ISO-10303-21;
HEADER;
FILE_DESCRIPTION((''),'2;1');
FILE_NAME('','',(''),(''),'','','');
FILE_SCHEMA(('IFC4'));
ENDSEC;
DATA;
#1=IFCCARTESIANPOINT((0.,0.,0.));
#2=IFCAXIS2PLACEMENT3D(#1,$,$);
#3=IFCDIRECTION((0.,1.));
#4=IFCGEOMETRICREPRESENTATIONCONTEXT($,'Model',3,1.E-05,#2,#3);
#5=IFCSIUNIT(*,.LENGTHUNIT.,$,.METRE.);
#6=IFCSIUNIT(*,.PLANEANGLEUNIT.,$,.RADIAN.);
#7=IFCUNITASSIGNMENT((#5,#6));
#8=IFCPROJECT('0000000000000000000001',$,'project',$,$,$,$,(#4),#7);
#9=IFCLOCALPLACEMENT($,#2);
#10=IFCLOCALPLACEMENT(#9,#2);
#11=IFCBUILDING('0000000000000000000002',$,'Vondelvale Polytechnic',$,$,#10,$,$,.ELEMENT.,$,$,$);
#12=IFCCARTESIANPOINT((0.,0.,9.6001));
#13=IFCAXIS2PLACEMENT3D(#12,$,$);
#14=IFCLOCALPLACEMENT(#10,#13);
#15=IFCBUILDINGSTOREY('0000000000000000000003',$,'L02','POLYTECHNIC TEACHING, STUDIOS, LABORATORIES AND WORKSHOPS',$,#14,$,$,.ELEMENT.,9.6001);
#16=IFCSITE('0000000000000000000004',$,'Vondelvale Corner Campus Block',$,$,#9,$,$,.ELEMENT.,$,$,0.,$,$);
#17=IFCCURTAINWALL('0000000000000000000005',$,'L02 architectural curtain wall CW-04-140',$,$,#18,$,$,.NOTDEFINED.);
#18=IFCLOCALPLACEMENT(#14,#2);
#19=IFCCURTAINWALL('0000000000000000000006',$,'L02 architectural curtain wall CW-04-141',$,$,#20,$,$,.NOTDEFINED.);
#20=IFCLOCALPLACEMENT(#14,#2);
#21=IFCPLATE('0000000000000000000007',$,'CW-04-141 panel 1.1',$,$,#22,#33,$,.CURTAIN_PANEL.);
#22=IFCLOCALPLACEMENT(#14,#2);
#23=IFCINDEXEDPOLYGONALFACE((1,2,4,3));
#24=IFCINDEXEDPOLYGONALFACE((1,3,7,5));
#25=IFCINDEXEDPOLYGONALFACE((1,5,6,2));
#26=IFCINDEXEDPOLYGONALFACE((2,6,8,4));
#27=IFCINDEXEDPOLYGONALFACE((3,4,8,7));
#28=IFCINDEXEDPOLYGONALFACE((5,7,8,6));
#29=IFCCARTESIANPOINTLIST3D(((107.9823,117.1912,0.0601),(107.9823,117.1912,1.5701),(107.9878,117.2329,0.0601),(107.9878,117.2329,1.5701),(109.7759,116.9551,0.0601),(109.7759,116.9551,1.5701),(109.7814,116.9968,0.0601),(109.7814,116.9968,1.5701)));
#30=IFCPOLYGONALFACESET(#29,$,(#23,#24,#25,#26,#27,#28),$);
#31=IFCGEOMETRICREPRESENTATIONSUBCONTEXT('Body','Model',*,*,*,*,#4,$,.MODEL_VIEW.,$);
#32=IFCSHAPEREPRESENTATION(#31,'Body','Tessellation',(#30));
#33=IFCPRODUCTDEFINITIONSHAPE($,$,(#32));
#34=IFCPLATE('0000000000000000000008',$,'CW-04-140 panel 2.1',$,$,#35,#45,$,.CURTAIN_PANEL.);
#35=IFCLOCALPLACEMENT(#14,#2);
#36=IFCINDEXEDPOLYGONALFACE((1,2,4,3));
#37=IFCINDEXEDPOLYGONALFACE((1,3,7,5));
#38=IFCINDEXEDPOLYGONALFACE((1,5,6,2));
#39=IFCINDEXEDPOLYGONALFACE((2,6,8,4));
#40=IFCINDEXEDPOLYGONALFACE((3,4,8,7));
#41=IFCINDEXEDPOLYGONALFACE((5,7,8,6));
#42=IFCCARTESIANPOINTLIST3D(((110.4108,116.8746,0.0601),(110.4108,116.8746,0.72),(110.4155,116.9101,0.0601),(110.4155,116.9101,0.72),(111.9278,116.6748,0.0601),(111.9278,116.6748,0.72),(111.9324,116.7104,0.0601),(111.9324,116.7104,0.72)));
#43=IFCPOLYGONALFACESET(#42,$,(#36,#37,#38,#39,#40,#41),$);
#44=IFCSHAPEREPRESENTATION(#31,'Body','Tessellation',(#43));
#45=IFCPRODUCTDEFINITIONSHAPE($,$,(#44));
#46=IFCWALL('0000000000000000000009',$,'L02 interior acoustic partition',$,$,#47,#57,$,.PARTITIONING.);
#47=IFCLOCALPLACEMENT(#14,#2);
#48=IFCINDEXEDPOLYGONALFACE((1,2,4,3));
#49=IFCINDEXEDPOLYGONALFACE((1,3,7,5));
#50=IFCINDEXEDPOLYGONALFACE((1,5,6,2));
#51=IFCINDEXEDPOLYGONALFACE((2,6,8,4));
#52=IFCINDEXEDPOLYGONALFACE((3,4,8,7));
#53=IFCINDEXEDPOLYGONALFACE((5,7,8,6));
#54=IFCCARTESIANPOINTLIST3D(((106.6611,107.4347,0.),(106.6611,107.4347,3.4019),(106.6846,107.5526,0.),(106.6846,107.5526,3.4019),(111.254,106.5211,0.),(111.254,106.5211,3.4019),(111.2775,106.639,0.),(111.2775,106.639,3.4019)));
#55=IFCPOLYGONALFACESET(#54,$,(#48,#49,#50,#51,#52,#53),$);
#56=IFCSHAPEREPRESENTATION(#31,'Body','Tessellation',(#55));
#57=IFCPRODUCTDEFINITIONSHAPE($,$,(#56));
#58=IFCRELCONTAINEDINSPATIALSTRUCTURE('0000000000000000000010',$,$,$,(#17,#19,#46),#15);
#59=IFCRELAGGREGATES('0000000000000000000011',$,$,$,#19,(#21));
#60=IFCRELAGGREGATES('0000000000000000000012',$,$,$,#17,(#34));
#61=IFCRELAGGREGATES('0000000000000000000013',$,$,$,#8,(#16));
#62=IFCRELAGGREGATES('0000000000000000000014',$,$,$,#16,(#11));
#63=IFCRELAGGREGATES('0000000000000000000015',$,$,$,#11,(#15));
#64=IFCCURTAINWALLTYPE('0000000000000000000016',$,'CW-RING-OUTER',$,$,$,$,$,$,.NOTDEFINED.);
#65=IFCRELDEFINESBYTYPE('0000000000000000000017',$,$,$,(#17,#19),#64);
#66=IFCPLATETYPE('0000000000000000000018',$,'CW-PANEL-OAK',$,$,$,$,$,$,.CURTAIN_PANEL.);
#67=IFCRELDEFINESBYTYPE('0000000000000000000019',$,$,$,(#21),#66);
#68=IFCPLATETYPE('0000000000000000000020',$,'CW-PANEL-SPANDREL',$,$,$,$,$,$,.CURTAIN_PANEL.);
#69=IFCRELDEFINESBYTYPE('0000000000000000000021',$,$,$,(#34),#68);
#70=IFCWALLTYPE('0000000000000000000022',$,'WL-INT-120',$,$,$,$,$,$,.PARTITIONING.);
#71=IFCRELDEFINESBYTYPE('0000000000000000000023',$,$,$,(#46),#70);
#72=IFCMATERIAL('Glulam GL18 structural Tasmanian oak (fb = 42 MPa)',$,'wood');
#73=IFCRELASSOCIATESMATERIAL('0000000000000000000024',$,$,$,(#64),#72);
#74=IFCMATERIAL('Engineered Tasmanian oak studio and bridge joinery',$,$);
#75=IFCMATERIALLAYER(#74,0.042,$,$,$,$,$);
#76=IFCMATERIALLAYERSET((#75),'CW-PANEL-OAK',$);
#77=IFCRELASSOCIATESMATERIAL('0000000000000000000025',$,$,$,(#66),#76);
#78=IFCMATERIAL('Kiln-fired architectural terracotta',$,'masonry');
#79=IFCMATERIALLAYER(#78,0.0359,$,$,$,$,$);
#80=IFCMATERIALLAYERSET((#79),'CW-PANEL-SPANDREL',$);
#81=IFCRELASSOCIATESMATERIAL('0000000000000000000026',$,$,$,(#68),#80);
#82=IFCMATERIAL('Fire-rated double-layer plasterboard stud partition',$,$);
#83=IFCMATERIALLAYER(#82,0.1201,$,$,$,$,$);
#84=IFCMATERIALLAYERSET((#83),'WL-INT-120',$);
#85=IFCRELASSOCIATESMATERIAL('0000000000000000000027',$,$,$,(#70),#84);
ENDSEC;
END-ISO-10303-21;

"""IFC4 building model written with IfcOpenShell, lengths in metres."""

from ifc_helpers import new_model, si_unit, direction, frame, frame_2d, origin, origin_2d, place, context, subcontext, project, spatial, rectangle, extrude, material, layer, layer_set, type_object, element, aggregate, save


model = new_model("IFC4")

# Units and contexts
model_context = context("Model", 3, precision=1e-05, world=origin(), true_north=direction((0.0, 1.0)))
body_context = subcontext(model_context, "Body", "Model", "MODEL_VIEW")
ifc_project = project(units=[si_unit("LENGTHUNIT", "METRE"), si_unit("PLANEANGLEUNIT", "RADIAN")], contexts=[model_context])

# Site, building, storey
site_placement = place(None, origin())
site = spatial("IfcSite", under=ifc_project, at=site_placement, Name="Vondelvale Corner Campus Block", CompositionType="ELEMENT", RefElevation=0.0)
building_placement = place(site_placement, origin())
building = spatial("IfcBuilding", under=site, at=building_placement, Name="Vondelvale Polytechnic", CompositionType="ELEMENT")
storey_placement = place(building_placement, frame((0.0, 0.0, 9.6001)))
storey = spatial("IfcBuildingStorey", under=building, at=storey_placement, Name="L02", Description="POLYTECHNIC TEACHING, STUDIOS, LABORATORIES AND WORKSHOPS", CompositionType="ELEMENT", Elevation=9.6001)

# Shared definitions
ifc_material_1 = material(Name="Glulam GL18 structural Tasmanian oak (fb = 42 MPa)", Category="wood")

# Curtain walls
curtain_wall_type = type_object("IfcCurtainWallType", Name="CW-RING-OUTER", PredefinedType="NOTDEFINED", material=ifc_material_1)
curtain_wall_1_placement = place(storey_placement, origin())
curtain_wall_1 = element("IfcCurtainWall", 1, at=curtain_wall_1_placement, inside=storey, type_object=curtain_wall_type, Name="L02 architectural curtain wall CW-04-140", PredefinedType="NOTDEFINED")
curtain_wall_2_placement = place(storey_placement, origin())
curtain_wall_2 = element("IfcCurtainWall", 2, at=curtain_wall_2_placement, inside=storey, type_object=curtain_wall_type, Name="L02 architectural curtain wall CW-04-141", PredefinedType="NOTDEFINED")

# Plates
ifc_material_2 = material(Name="Engineered Tasmanian oak studio and bridge joinery")
ifc_layer_1 = layer(ifc_material_2, 0.042)
ifc_layer_set_1 = layer_set([ifc_layer_1], Name="CW-PANEL-OAK")
plate_type_1 = type_object("IfcPlateType", Name="CW-PANEL-OAK", PredefinedType="CURTAIN_PANEL", material=ifc_layer_set_1)
plate_1_placement = place(storey_placement, frame((108.8818, 117.094, 0.0601), z_axis=(0.0, 0.0, 1.0), x_axis=(-0.991449, 0.130497, 0.0)))
plate_1 = element("IfcPlate", 3, at=plate_1_placement, type_object=plate_type_1, Name="CW-04-141 panel 1.1", PredefinedType="CURTAIN_PANEL", context=body_context, shape_type="SweptSolid", body=[
    extrude(rectangle(XDim=1.8091, YDim=0.042, at=origin_2d()), origin(), (0.0, 0.0, 1.0), 1.51),
])
aggregate(curtain_wall_2, [plate_1])
ifc_material_3 = material(Name="Kiln-fired architectural terracotta", Category="masonry")
ifc_layer_2 = layer(ifc_material_3, 0.0359)
ifc_layer_set_2 = layer_set([ifc_layer_2], Name="CW-PANEL-SPANDREL")
plate_type_2 = type_object("IfcPlateType", Name="CW-PANEL-SPANDREL", PredefinedType="CURTAIN_PANEL", material=ifc_layer_set_2)
plate_2_placement = place(storey_placement, frame((111.1716, 116.7925, 0.0601), z_axis=(0.0, 0.0, 1.0), x_axis=(-0.991443, 0.13054, 0.0)))
plate_2 = element("IfcPlate", 4, at=plate_2_placement, type_object=plate_type_2, Name="CW-04-140 panel 2.1", PredefinedType="CURTAIN_PANEL", context=body_context, shape_type="SweptSolid", body=[
    extrude(rectangle(XDim=1.53, YDim=0.0359, at=origin_2d()), origin(), (0.0, 0.0, 1.0), 0.6599),
])
aggregate(curtain_wall_1, [plate_2])

# Wall
ifc_material_4 = material(Name="Fire-rated double-layer plasterboard stud partition")
ifc_layer_3 = layer(ifc_material_4, 0.1201)
ifc_layer_set_3 = layer_set([ifc_layer_3], Name="WL-INT-120")
wall_type = type_object("IfcWallType", Name="WL-INT-120", PredefinedType="PARTITIONING", material=ifc_layer_set_3)
wall_placement = place(storey_placement, frame((111.2656, 106.5801, 0.0), z_axis=(0.0, 0.0, 1.0), x_axis=(-0.980785, 0.195093, 0.0)))
element("IfcWall", 5, at=wall_placement, inside=storey, type_object=wall_type, Name="L02 interior acoustic partition", PredefinedType="PARTITIONING", context=body_context, shape_type="SweptSolid", body=[
    extrude(rectangle(XDim=4.6829, YDim=0.1201, at=frame_2d((2.3413, 0.0))), origin(), (0.0, 0.0, 1.0), 3.4019),
])

save(model, "model.ifc")
